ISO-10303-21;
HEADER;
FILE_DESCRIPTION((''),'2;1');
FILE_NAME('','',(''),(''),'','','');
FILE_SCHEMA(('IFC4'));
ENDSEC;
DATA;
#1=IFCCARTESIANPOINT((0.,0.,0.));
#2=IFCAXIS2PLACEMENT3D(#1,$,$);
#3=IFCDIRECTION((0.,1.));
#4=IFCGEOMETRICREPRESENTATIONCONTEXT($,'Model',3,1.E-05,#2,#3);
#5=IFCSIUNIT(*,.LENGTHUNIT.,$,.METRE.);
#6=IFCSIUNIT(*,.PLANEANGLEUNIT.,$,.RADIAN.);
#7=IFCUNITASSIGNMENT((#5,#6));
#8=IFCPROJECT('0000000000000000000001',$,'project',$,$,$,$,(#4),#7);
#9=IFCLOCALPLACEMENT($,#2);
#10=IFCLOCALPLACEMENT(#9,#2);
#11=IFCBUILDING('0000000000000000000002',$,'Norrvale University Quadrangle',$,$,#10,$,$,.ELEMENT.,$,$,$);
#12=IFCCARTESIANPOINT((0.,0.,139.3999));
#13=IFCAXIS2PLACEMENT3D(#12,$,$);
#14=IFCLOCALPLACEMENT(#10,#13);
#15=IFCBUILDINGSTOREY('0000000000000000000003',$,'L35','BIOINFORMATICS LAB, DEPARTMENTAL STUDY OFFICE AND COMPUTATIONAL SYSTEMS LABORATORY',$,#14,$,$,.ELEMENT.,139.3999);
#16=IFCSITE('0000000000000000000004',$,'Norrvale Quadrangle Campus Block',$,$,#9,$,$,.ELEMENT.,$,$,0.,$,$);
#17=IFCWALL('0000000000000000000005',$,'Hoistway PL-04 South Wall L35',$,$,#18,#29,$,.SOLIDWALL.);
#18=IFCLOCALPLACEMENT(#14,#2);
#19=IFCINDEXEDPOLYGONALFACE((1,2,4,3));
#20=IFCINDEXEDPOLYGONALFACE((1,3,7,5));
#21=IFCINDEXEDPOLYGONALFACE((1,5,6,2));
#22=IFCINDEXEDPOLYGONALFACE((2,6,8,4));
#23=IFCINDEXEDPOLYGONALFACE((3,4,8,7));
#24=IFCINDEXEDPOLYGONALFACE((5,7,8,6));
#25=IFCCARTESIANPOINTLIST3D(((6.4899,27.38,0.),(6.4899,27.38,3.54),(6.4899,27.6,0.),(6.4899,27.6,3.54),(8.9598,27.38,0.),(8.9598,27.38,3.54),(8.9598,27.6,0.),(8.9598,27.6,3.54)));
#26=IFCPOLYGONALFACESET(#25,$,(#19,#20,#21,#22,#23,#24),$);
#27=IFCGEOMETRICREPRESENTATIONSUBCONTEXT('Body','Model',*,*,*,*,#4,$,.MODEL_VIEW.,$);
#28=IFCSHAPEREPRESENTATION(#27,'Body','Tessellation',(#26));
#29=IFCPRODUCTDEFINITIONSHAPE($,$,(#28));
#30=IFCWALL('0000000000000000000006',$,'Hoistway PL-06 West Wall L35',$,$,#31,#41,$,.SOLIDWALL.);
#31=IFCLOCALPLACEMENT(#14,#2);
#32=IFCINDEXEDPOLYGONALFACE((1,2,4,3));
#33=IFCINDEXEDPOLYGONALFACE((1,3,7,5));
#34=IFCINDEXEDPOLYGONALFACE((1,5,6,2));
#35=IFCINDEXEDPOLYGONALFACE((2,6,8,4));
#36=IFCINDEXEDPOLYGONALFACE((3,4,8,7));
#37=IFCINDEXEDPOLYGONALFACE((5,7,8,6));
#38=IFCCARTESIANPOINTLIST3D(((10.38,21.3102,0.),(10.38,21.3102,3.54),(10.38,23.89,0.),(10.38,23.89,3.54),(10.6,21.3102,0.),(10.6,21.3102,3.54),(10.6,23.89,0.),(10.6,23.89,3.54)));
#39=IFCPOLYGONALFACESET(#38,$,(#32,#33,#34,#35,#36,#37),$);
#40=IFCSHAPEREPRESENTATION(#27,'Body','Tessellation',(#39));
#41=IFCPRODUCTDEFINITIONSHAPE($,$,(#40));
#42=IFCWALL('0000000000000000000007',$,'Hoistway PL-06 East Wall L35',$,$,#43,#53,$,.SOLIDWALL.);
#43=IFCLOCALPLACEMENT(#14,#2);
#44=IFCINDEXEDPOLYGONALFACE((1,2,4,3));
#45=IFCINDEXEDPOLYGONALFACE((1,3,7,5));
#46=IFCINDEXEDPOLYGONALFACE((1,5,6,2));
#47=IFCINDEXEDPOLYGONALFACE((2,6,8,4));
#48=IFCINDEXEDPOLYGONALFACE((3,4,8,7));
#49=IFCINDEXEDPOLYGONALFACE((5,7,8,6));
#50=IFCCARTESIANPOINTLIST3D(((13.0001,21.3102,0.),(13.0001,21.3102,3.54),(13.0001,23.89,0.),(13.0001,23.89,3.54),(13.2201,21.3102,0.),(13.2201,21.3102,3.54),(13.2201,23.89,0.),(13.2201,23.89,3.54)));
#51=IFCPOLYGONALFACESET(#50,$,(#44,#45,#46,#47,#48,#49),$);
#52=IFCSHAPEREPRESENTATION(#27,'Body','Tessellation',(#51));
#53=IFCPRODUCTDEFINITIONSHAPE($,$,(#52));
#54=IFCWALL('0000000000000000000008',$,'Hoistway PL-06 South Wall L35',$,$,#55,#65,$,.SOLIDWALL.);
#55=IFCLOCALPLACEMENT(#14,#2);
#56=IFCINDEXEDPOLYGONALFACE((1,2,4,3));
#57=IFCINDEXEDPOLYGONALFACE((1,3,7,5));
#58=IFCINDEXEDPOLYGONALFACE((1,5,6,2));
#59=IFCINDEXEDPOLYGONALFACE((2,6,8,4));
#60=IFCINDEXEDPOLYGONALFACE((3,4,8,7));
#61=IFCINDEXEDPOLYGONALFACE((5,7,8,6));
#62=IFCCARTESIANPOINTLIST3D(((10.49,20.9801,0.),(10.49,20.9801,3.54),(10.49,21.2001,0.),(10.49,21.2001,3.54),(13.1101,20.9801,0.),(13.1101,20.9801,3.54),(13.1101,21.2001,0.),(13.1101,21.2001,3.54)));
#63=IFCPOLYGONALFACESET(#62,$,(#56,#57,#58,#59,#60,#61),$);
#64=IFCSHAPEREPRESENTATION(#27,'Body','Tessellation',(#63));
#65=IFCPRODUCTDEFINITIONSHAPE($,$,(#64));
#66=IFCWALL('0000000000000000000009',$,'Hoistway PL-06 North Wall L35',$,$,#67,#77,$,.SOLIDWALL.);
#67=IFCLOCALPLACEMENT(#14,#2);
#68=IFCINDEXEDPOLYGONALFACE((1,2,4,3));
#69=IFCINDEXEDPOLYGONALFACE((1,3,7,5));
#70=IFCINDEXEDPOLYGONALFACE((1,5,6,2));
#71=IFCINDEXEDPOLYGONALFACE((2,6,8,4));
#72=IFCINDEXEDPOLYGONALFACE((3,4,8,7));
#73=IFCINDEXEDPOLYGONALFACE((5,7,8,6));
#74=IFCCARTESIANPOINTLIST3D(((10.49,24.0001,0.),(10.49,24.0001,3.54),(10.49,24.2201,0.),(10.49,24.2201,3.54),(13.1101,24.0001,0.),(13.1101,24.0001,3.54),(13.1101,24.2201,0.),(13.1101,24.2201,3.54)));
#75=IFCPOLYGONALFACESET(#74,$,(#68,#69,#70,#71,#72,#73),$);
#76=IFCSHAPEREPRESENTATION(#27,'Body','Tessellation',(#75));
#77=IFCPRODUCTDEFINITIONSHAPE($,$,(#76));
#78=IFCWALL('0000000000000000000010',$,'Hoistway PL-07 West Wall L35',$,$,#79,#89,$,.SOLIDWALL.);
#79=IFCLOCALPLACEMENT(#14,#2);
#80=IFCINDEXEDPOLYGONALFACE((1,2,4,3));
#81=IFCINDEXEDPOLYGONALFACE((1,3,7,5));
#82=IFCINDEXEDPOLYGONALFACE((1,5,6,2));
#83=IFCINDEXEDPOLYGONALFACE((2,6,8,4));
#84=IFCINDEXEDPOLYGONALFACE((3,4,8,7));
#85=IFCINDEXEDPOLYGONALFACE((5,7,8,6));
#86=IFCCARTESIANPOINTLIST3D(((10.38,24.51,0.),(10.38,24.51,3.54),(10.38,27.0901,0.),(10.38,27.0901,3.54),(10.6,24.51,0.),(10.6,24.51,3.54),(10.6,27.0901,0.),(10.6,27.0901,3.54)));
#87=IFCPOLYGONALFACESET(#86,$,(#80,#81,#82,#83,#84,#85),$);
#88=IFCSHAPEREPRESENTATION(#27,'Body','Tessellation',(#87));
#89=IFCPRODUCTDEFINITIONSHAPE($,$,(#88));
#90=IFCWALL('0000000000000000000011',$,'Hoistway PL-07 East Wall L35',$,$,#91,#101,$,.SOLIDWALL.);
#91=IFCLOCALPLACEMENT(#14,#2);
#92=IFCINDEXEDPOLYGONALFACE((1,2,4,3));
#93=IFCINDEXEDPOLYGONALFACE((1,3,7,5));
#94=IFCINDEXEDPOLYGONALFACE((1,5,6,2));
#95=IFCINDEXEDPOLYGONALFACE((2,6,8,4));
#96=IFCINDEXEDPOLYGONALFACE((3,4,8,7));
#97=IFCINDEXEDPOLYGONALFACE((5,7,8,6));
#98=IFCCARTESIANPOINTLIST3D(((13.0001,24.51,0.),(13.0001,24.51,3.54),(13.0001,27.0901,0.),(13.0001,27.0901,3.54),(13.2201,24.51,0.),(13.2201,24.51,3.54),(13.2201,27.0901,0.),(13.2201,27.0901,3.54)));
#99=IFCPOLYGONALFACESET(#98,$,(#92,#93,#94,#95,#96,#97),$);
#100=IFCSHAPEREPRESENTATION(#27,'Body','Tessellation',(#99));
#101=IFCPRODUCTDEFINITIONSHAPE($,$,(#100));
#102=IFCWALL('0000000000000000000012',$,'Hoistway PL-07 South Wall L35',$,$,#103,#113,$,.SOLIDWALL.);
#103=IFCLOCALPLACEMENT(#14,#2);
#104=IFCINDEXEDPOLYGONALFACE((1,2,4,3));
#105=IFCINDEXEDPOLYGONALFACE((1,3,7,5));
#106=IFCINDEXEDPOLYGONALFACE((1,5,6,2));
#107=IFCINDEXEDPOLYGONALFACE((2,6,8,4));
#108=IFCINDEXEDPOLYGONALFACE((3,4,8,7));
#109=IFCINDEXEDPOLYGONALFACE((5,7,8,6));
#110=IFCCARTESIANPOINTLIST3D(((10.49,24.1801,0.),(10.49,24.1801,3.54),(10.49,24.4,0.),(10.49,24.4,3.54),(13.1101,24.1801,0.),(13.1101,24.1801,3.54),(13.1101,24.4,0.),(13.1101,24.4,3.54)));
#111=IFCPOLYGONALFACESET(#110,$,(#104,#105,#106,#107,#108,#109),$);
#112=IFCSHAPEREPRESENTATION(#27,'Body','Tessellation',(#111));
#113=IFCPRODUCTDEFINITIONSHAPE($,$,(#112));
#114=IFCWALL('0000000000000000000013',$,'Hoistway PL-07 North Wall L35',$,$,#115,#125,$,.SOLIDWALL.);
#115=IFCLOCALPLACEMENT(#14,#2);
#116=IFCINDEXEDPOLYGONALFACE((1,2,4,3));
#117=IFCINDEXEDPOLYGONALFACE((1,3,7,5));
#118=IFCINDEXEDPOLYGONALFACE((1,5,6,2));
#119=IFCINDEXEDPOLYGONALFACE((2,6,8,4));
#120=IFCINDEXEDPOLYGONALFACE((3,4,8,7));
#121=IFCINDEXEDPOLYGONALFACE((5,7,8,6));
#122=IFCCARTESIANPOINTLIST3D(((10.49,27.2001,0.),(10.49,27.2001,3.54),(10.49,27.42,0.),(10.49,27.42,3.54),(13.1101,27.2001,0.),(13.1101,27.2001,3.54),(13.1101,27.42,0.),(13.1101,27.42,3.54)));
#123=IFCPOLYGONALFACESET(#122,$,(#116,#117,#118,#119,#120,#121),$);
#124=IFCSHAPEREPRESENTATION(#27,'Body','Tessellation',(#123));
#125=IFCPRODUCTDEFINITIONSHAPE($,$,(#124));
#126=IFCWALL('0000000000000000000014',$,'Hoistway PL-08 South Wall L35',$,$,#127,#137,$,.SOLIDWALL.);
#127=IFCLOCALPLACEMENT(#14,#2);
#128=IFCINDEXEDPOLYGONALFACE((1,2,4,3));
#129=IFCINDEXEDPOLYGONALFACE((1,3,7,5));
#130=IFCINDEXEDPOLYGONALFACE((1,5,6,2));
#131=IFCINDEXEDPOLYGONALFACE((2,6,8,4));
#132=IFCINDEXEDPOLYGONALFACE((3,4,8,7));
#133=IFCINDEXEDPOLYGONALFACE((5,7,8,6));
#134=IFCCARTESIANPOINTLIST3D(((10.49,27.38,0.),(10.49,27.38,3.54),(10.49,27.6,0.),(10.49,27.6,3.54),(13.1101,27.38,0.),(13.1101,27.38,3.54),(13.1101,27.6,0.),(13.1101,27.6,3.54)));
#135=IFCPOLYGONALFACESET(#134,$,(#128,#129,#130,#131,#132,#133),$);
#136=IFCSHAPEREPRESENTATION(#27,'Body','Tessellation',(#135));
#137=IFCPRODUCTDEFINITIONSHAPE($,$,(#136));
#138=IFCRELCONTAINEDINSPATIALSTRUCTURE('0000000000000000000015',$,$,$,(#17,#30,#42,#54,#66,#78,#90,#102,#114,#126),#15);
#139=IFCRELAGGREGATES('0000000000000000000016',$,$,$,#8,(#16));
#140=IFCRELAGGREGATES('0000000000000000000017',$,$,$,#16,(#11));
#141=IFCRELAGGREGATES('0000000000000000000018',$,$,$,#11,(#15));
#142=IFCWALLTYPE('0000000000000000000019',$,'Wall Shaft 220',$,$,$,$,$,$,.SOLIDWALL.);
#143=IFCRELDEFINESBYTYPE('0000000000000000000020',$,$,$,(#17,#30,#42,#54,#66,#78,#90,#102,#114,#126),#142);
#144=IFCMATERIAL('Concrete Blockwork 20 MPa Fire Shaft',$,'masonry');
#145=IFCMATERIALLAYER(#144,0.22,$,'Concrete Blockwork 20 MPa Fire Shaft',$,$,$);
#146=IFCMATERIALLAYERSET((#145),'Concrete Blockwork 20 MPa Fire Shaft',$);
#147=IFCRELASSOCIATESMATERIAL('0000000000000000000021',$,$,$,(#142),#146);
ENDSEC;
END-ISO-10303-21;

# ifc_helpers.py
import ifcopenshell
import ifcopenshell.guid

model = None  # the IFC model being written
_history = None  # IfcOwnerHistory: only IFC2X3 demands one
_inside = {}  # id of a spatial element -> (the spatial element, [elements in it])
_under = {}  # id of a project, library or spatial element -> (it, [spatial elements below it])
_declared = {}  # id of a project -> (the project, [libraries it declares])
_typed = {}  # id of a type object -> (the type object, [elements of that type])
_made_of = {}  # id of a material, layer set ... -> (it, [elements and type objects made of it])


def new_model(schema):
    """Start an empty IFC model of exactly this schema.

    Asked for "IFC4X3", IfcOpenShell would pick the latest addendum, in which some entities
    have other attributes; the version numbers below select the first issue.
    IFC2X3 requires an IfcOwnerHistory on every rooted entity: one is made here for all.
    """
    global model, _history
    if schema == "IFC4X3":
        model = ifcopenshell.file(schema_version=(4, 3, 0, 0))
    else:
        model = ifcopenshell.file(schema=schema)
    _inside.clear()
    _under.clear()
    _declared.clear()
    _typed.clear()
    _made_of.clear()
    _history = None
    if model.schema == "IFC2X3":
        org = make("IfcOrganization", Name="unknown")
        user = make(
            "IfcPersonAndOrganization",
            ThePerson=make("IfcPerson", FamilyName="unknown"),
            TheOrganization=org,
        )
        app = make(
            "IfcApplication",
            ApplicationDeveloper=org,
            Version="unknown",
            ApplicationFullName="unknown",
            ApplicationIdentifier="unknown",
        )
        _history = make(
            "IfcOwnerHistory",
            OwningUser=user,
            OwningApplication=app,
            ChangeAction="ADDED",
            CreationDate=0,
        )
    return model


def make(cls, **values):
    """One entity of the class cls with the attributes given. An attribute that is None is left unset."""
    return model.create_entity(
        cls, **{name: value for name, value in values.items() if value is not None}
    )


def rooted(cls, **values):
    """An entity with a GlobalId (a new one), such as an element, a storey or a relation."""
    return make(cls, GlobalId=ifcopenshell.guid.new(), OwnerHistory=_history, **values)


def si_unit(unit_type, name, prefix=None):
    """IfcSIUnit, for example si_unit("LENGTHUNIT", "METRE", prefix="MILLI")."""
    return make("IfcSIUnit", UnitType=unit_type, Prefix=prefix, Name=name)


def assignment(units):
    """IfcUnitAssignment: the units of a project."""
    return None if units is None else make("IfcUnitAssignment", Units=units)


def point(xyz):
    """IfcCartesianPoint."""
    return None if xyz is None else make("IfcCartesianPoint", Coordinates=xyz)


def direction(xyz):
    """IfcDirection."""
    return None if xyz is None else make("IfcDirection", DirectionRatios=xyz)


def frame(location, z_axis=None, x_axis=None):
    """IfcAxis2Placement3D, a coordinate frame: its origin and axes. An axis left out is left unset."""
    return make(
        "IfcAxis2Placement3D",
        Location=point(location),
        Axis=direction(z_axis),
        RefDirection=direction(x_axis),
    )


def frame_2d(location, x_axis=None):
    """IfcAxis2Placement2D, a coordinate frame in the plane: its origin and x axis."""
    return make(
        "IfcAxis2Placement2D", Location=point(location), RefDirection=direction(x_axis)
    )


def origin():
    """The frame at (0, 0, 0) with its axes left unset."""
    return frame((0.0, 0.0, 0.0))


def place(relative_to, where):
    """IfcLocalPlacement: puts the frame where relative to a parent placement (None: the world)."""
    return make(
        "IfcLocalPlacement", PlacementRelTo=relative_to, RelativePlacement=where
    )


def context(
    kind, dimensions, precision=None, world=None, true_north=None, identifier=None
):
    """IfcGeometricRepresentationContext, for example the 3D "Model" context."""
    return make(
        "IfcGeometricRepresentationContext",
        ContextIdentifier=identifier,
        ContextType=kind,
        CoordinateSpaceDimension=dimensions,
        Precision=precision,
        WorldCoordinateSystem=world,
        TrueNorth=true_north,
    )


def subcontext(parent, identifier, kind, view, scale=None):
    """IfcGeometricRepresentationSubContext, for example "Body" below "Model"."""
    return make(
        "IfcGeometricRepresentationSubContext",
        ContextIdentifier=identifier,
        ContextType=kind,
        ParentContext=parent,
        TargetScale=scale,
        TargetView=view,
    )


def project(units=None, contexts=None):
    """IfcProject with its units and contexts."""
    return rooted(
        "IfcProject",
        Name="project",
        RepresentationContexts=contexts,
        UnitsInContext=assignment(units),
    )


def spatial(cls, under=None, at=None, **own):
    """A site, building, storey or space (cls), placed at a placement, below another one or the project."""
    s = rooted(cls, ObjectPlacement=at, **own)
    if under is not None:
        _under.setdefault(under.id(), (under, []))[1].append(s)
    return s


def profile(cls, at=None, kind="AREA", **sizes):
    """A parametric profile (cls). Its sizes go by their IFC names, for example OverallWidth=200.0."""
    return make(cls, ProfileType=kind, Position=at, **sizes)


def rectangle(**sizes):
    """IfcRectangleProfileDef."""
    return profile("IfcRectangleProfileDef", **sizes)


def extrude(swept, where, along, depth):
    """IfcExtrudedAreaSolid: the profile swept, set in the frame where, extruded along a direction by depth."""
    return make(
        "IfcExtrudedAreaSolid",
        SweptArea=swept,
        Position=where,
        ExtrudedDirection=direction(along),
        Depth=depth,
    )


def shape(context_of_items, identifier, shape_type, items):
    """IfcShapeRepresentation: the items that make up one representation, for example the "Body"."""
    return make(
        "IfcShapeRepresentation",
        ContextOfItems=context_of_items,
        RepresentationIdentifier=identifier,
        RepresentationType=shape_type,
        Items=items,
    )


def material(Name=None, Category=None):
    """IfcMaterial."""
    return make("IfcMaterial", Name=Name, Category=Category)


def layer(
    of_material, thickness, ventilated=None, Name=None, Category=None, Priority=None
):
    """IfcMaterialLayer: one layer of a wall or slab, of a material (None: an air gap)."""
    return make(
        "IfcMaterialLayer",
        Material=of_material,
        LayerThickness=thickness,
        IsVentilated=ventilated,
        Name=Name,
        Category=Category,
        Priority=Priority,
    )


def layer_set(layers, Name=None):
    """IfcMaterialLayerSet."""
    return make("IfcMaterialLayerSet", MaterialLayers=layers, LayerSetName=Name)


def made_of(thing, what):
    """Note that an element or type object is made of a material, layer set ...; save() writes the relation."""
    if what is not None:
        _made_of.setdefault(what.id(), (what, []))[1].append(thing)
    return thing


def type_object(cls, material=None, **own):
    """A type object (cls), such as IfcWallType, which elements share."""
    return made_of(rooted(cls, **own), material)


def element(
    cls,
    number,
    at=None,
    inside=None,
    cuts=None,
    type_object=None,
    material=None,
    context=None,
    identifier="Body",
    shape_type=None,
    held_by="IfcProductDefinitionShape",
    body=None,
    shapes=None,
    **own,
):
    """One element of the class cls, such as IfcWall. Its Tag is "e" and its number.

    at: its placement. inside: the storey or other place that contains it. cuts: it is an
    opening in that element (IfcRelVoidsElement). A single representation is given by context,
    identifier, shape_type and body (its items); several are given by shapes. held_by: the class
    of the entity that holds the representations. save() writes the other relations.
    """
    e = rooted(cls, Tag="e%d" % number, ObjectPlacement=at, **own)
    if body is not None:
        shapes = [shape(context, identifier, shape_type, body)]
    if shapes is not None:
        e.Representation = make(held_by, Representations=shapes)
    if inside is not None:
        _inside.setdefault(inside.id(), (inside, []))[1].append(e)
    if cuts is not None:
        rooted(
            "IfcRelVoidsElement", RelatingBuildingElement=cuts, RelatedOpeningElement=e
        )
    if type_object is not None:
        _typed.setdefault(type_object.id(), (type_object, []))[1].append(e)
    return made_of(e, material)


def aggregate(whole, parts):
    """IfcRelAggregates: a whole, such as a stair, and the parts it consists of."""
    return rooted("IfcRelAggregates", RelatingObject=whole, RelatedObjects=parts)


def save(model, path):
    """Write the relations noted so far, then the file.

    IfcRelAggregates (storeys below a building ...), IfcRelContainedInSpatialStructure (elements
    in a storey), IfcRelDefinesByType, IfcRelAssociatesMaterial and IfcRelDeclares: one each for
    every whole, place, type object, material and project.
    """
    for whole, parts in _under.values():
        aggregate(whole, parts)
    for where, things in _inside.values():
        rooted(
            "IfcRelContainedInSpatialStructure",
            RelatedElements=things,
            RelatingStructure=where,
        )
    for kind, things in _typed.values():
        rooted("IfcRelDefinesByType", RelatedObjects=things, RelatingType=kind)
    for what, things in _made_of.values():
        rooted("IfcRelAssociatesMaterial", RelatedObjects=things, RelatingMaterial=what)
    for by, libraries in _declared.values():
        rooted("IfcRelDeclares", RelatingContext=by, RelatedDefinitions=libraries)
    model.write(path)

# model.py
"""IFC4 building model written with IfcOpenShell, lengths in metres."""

from ifc_helpers import new_model, si_unit, direction, frame, frame_2d, origin, place, context, subcontext, project, spatial, rectangle, extrude, material, layer, layer_set, type_object, element, save


model = new_model("IFC4")

# Units and contexts
model_context = context("Model", 3, precision=1e-05, world=origin(), true_north=direction((0.0, 1.0)))
body_context = subcontext(model_context, "Body", "Model", "MODEL_VIEW")
ifc_project = project(units=[si_unit("LENGTHUNIT", "METRE"), si_unit("PLANEANGLEUNIT", "RADIAN")], contexts=[model_context])

# Site, building, storey
site_placement = place(None, origin())
site = spatial("IfcSite", under=ifc_project, at=site_placement, Name="Norrvale Quadrangle Campus Block", CompositionType="ELEMENT", RefElevation=0.0)
building_placement = place(site_placement, origin())
building = spatial("IfcBuilding", under=site, at=building_placement, Name="Norrvale University Quadrangle", CompositionType="ELEMENT")
storey_placement = place(building_placement, frame((0.0, 0.0, 139.3999)))
storey = spatial("IfcBuildingStorey", under=building, at=storey_placement, Name="L35", Description="BIOINFORMATICS LAB, DEPARTMENTAL STUDY OFFICE AND COMPUTATIONAL SYSTEMS LABORATORY", CompositionType="ELEMENT", Elevation=139.3999)

# Shared definitions
ifc_material_1 = material(Name="Concrete Blockwork 20 MPa Fire Shaft", Category="masonry")
ifc_layer = layer(ifc_material_1, 0.22, Name="Concrete Blockwork 20 MPa Fire Shaft")
ifc_layer_set = layer_set([ifc_layer], Name="Concrete Blockwork 20 MPa Fire Shaft")
wall_type = type_object("IfcWallType", Name="Wall Shaft 220", PredefinedType="SOLIDWALL", material=ifc_layer_set)

# Walls
wall_1_placement = place(storey_placement, frame((6.49, 27.49, 0.0), z_axis=(0.0, 0.0, 1.0), x_axis=(1.0, 0.0, 0.0)))
element("IfcWall", 1, at=wall_1_placement, inside=storey, type_object=wall_type, Name="Hoistway PL-04 South Wall L35", PredefinedType="SOLIDWALL", context=body_context, shape_type="SweptSolid", body=[
    extrude(rectangle(XDim=2.47, YDim=0.22, at=frame_2d((1.2349, 0.0))), origin(), (0.0, 0.0, 1.0), 3.54),
])
for number, where, z_axis, x_axis, name in (
    (2, (10.49, 21.3101, 0.0), (0.0, 0.0, 1.0), (0.0, 1.0, 0.0), "Hoistway PL-06 West Wall L35"),
    (3, (13.1101, 21.3101, 0.0), (0.0, 0.0, 1.0), (0.0, 1.0, 0.0), "Hoistway PL-06 East Wall L35"),
):
    element("IfcWall", number, at=place(storey_placement, frame(where, z_axis=z_axis, x_axis=x_axis)), inside=storey, type_object=wall_type, Name=name, PredefinedType="SOLIDWALL", context=body_context, shape_type="SweptSolid", body=[
        extrude(rectangle(XDim=2.5798, YDim=0.22, at=frame_2d((1.29, 0.0))), origin(), (0.0, 0.0, 1.0), 3.54),
    ])
for number, where, z_axis, x_axis, name in (
    (4, (10.49, 21.0901, 0.0), (0.0, 0.0, 1.0), (1.0, 0.0, 0.0), "Hoistway PL-06 South Wall L35"),
    (5, (10.49, 24.1101, 0.0), (0.0, 0.0, 1.0), (1.0, 0.0, 0.0), "Hoistway PL-06 North Wall L35"),
):
    element("IfcWall", number, at=place(storey_placement, frame(where, z_axis=z_axis, x_axis=x_axis)), inside=storey, type_object=wall_type, Name=name, PredefinedType="SOLIDWALL", context=body_context, shape_type="SweptSolid", body=[
        extrude(rectangle(XDim=2.6201, YDim=0.22, at=frame_2d((1.3101, 0.0))), origin(), (0.0, 0.0, 1.0), 3.54),
    ])
for number, where, z_axis, x_axis, name in (
    (6, (10.49, 24.51, 0.0), (0.0, 0.0, 1.0), (0.0, 1.0, 0.0), "Hoistway PL-07 West Wall L35"),
    (7, (13.1101, 24.51, 0.0), (0.0, 0.0, 1.0), (0.0, 1.0, 0.0), "Hoistway PL-07 East Wall L35"),
):
    element("IfcWall", number, at=place(storey_placement, frame(where, z_axis=z_axis, x_axis=x_axis)), inside=storey, type_object=wall_type, Name=name, PredefinedType="SOLIDWALL", context=body_context, shape_type="SweptSolid", body=[
        extrude(rectangle(XDim=2.5801, YDim=0.22, at=frame_2d((1.29, 0.0))), origin(), (0.0, 0.0, 1.0), 3.54),
    ])
for number, where, z_axis, x_axis, name in (
    (8, (10.49, 24.29, 0.0), (0.0, 0.0, 1.0), (1.0, 0.0, 0.0), "Hoistway PL-07 South Wall L35"),
    (9, (10.49, 27.3101, 0.0), (0.0, 0.0, 1.0), (1.0, 0.0, 0.0), "Hoistway PL-07 North Wall L35"),
    (10, (10.49, 27.49, 0.0), (0.0, 0.0, 1.0), (1.0, 0.0, 0.0), "Hoistway PL-08 South Wall L35"),
):
    element("IfcWall", number, at=place(storey_placement, frame(where, z_axis=z_axis, x_axis=x_axis)), inside=storey, type_object=wall_type, Name=name, PredefinedType="SOLIDWALL", context=body_context, shape_type="SweptSolid", body=[
        extrude(rectangle(XDim=2.6201, YDim=0.22, at=frame_2d((1.3101, 0.0))), origin(), (0.0, 0.0, 1.0), 3.54),
    ])

save(model, "model.ifc")
